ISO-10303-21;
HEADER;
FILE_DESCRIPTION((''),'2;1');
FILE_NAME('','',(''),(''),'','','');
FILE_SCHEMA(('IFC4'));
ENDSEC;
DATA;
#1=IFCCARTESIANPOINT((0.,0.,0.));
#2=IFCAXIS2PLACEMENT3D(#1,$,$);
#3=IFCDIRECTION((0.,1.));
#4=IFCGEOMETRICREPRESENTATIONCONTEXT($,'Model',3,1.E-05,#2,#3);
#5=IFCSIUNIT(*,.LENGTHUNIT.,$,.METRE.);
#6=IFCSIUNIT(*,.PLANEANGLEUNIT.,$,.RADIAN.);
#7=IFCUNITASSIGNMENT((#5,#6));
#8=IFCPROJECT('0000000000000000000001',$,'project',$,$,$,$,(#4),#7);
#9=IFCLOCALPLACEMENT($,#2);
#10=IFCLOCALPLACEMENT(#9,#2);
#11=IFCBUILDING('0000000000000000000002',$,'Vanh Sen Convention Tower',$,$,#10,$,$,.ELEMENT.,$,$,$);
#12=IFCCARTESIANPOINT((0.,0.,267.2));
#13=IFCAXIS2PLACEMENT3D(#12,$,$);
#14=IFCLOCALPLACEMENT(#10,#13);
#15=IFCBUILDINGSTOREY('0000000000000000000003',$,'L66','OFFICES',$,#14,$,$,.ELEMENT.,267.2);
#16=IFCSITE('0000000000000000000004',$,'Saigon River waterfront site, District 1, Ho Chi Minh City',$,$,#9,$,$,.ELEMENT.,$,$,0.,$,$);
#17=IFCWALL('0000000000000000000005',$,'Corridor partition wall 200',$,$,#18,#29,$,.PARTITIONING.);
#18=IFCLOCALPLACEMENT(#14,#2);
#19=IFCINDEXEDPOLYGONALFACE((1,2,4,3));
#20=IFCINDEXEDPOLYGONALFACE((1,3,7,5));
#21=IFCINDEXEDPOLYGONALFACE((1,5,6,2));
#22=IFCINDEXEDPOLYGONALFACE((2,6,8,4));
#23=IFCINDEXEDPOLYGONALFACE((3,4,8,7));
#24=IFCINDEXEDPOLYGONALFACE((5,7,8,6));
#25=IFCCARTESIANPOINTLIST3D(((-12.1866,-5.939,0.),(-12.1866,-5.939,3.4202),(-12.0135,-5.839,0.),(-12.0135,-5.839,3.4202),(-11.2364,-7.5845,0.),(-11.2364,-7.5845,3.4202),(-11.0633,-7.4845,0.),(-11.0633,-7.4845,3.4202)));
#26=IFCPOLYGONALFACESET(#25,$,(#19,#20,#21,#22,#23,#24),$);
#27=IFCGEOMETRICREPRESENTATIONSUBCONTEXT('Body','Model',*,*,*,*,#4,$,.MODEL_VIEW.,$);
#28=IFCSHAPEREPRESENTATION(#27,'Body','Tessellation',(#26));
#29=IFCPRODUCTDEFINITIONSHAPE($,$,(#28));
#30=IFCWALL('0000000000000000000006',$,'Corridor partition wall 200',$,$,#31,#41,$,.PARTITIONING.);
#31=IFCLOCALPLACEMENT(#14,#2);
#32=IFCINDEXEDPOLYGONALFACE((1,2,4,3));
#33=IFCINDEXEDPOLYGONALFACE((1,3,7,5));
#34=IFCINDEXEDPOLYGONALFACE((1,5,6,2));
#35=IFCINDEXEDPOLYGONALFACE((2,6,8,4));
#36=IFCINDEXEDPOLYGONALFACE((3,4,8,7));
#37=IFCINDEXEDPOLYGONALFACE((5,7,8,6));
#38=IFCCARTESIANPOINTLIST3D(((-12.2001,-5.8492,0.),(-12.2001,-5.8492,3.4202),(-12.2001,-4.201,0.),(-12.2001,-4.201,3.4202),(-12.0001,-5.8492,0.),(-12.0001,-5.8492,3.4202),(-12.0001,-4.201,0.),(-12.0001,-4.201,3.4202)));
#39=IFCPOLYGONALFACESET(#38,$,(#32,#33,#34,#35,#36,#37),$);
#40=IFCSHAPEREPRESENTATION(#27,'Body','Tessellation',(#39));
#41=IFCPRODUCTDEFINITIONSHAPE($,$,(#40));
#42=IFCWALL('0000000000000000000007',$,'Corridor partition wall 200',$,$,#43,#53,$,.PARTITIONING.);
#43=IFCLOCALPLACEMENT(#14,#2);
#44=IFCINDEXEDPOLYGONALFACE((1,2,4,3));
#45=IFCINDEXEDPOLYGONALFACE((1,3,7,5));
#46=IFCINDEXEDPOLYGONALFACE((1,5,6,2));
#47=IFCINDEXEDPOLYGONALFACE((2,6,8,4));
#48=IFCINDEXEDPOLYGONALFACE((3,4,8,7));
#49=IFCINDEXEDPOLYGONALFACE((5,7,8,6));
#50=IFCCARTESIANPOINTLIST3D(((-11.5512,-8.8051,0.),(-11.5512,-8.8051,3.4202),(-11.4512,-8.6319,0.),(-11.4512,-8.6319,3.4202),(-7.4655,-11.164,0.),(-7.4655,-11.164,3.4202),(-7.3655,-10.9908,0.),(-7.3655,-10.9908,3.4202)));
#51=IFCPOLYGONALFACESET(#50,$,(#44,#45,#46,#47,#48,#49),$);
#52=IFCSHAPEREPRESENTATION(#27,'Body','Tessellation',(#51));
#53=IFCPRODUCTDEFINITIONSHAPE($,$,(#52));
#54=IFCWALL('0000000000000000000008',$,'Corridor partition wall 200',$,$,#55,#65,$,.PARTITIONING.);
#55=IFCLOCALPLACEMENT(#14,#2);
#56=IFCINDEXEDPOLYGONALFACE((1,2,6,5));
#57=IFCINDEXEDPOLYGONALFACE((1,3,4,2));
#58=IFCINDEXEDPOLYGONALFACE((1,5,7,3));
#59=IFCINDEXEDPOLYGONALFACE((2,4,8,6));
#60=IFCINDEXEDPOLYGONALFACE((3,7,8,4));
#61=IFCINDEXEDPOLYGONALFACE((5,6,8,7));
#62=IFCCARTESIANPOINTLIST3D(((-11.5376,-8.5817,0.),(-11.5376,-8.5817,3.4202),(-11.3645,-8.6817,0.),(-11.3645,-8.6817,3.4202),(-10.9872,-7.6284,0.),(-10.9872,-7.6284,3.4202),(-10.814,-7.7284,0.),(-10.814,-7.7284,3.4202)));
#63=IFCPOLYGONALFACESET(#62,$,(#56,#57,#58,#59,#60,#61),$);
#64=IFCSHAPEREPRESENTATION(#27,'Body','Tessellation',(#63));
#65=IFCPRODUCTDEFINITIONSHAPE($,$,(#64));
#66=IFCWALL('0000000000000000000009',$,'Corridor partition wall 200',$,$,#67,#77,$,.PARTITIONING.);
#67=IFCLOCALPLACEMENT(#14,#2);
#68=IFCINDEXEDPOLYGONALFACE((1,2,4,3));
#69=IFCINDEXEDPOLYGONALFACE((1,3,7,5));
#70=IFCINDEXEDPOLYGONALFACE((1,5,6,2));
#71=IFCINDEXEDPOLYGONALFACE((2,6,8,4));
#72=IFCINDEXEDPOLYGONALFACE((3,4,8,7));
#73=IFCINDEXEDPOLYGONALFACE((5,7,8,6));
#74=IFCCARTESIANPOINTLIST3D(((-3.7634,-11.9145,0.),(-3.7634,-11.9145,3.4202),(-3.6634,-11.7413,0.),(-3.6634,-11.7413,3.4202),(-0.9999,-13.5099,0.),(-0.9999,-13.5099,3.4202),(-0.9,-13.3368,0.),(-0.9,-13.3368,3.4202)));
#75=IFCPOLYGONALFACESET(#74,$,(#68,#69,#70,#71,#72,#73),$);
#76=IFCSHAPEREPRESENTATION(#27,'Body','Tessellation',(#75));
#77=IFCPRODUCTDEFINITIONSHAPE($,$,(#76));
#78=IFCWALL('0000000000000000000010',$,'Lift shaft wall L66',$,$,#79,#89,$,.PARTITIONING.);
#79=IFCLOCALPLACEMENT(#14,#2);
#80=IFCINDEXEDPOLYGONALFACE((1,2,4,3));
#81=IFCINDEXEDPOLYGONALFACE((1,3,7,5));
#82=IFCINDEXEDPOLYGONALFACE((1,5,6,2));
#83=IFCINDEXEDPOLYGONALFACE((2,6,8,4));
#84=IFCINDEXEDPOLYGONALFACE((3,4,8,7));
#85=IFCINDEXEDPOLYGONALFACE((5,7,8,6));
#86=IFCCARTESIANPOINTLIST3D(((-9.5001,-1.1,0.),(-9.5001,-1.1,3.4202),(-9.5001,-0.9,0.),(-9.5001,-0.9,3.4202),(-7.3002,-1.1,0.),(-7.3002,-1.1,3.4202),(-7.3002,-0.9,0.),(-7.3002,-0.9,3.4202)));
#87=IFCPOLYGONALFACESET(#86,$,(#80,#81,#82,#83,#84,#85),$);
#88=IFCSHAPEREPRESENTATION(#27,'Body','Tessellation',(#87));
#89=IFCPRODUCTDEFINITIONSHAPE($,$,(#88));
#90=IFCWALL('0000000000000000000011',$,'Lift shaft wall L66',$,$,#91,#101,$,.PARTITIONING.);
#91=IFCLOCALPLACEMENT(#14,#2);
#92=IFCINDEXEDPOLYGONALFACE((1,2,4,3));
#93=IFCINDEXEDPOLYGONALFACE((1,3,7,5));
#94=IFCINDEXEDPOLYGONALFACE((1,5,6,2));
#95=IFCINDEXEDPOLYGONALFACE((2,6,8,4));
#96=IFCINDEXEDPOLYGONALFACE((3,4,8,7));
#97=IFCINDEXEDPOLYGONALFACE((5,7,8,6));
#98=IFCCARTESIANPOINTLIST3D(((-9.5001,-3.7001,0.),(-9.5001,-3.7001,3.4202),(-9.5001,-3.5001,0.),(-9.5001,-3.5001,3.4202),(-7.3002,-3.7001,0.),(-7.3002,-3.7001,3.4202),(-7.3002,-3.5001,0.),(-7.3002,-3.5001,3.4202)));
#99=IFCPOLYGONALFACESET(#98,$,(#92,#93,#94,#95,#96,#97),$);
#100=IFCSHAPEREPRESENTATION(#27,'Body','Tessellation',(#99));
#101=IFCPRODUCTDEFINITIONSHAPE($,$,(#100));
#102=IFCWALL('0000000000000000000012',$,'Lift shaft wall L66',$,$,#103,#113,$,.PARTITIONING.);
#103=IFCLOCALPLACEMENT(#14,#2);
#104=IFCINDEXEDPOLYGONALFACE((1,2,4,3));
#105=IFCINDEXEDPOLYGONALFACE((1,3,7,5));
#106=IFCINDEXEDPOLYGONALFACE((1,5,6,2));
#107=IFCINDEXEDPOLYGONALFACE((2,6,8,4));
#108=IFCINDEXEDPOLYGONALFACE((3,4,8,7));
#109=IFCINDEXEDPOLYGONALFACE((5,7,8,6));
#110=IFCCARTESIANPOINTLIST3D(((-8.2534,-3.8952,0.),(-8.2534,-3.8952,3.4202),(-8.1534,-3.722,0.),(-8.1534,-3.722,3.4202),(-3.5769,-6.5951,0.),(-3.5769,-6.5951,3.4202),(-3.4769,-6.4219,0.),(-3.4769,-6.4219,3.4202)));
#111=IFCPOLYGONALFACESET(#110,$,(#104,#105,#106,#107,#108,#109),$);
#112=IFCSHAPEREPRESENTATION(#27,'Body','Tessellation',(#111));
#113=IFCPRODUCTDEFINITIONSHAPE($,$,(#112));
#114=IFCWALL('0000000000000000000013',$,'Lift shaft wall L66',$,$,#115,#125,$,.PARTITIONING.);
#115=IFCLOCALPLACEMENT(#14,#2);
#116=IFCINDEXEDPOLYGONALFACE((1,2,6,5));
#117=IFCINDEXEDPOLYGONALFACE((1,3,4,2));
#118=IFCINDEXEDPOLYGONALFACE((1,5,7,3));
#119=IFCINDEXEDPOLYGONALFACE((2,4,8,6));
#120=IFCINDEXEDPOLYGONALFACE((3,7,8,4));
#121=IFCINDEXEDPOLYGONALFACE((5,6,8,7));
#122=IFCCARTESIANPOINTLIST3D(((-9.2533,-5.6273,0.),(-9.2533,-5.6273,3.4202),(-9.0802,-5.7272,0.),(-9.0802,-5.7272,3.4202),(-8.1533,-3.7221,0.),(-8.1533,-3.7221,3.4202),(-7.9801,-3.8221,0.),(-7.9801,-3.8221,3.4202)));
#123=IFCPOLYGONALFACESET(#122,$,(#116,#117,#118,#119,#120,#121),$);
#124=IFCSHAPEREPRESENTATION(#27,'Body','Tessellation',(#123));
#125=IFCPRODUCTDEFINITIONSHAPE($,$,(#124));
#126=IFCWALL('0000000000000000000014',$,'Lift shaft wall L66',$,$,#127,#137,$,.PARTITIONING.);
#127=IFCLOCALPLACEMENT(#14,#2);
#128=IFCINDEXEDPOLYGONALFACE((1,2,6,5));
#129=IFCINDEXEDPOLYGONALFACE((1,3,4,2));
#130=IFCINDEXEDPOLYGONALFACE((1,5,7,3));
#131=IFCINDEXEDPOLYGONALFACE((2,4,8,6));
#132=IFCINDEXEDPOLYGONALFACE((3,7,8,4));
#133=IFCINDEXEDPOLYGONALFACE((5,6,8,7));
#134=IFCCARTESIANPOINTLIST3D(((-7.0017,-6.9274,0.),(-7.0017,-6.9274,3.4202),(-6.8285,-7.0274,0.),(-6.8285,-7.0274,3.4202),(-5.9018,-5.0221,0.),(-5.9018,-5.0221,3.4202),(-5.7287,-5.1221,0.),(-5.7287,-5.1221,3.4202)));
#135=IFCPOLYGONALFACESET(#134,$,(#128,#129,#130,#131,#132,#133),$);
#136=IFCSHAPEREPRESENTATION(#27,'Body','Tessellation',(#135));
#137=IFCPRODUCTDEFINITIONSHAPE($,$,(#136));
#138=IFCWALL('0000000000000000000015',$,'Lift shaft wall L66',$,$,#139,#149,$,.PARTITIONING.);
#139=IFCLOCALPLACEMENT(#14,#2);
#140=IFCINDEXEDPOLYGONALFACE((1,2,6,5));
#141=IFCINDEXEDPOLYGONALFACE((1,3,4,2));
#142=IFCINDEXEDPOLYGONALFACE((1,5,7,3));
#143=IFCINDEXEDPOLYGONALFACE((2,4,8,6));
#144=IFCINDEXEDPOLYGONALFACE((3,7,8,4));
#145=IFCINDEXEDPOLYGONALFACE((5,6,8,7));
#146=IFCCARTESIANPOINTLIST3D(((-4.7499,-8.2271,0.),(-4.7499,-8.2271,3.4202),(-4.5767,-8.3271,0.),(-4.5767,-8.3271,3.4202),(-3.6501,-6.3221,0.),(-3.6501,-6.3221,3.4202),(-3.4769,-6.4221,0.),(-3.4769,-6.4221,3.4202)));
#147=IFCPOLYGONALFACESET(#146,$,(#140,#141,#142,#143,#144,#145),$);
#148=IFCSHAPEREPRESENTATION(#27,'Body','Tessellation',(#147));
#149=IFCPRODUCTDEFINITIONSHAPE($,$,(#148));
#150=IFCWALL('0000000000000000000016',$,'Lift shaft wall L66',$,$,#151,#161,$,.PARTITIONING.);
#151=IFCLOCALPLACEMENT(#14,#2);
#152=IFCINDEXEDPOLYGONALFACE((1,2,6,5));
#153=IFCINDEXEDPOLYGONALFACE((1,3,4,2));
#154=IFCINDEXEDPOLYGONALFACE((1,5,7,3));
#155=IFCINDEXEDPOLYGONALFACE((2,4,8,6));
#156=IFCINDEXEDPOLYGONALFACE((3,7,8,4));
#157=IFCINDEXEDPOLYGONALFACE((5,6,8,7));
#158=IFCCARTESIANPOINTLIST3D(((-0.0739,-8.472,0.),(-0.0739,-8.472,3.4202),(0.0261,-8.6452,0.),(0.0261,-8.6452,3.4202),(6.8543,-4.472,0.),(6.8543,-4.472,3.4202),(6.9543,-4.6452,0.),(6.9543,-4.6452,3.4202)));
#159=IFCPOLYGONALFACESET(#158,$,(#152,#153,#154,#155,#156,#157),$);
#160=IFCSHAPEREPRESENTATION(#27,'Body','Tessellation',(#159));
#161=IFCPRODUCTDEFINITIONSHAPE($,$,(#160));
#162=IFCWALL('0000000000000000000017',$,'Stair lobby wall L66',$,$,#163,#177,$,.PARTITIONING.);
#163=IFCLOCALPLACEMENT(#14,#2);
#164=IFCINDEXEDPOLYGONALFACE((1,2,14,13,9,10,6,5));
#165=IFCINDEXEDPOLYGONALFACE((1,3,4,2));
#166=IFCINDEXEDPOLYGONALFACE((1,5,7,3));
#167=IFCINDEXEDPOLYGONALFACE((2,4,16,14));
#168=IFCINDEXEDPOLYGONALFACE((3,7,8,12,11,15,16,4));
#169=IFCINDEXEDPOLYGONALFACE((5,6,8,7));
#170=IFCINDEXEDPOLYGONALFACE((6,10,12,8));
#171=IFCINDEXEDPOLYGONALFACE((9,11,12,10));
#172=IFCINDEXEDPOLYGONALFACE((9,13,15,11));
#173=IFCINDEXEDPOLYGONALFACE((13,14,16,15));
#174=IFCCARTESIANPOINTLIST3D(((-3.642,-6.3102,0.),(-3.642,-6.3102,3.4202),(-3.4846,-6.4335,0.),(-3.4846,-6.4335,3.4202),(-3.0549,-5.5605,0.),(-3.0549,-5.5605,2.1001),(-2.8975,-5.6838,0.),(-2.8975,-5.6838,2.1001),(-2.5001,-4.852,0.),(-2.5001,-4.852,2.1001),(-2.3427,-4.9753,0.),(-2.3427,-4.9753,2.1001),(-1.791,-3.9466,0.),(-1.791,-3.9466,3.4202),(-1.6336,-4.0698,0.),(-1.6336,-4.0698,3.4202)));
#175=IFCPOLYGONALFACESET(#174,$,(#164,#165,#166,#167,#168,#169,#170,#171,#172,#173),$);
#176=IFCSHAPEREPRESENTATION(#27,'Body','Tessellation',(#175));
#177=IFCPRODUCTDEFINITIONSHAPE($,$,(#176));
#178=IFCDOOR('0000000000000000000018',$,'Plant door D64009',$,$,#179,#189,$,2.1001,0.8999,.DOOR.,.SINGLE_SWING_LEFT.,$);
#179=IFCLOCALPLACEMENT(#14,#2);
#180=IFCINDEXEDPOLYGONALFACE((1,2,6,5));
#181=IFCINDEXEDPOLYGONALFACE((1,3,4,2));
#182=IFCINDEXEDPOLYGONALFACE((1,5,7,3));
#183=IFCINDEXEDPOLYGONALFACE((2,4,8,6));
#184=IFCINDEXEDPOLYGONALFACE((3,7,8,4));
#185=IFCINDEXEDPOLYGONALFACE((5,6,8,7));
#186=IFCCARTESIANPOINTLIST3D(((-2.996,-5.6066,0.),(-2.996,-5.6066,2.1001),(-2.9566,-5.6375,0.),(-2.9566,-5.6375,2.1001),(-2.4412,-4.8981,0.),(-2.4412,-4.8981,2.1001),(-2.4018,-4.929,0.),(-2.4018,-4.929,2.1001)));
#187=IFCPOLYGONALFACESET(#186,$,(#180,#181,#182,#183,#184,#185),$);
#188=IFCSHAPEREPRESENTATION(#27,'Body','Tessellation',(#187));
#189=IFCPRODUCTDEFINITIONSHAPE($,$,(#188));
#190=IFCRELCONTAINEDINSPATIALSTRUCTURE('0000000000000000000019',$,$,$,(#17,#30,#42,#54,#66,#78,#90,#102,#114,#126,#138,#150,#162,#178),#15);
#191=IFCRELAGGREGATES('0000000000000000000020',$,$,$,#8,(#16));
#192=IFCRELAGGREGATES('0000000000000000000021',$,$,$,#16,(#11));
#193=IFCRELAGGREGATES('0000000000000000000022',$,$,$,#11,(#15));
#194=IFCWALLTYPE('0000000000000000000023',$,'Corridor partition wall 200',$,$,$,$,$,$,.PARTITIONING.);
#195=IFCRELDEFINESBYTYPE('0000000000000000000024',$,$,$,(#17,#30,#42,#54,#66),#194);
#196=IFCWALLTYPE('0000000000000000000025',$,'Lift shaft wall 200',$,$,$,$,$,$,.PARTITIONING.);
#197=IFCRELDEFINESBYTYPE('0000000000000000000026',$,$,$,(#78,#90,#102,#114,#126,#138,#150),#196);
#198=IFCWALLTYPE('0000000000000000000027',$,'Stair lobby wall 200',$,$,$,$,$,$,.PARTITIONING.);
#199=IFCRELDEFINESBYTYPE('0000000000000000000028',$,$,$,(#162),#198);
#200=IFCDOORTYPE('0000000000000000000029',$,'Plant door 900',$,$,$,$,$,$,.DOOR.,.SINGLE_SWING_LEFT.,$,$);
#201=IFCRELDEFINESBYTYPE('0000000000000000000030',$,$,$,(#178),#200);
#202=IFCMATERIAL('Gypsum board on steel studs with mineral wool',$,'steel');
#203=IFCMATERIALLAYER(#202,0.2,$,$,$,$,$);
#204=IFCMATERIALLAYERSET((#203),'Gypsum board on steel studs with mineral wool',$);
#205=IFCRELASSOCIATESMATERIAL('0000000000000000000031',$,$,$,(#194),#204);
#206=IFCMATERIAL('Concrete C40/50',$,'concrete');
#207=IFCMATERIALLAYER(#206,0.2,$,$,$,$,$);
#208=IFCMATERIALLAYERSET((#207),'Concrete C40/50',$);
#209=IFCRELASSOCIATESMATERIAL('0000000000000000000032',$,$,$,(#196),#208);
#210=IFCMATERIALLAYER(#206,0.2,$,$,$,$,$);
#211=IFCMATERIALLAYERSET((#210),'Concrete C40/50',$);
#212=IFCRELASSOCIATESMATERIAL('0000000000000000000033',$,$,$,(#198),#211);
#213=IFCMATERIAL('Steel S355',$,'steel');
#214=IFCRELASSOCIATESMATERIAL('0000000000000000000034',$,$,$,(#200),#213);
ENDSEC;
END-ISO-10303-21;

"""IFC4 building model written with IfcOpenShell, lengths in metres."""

from ifc_helpers import new_model, si_unit, direction, frame, frame_2d, origin, place, context, subcontext, project, spatial, rectangle, extrude, material, layer, layer_set, type_object, element, fill, save


model = new_model("IFC4")

# Units and contexts
model_context = context("Model", 3, precision=1e-05, world=origin(), true_north=direction((0.0, 1.0)))
body_context = subcontext(model_context, "Body", "Model", "MODEL_VIEW")
ifc_project = project(units=[si_unit("LENGTHUNIT", "METRE"), si_unit("PLANEANGLEUNIT", "RADIAN")], contexts=[model_context])

# Site, building, storey
site_placement = place(None, origin())
site = spatial("IfcSite", under=ifc_project, at=site_placement, Name="Saigon River waterfront site, District 1, Ho Chi Minh City", CompositionType="ELEMENT", RefElevation=0.0)
building_placement = place(site_placement, origin())
building = spatial("IfcBuilding", under=site, at=building_placement, Name="Vanh Sen Convention Tower", CompositionType="ELEMENT")
storey_placement = place(building_placement, frame((0.0, 0.0, 267.2)))
storey = spatial("IfcBuildingStorey", under=building, at=storey_placement, Name="L66", Description="OFFICES", CompositionType="ELEMENT", Elevation=267.2)

# Shared definitions
ifc_material_1 = material(Name="Steel S355", Category="steel")

# Walls
ifc_material_2 = material(Name="Gypsum board on steel studs with mineral wool", Category="steel")
ifc_layer_1 = layer(ifc_material_2, 0.2)
ifc_layer_set_1 = layer_set([ifc_layer_1], Name="Gypsum board on steel studs with mineral wool")
wall_type_1 = type_object("IfcWallType", Name="Corridor partition wall 200", PredefinedType="PARTITIONING", material=ifc_layer_set_1)
wall_1_placement = place(storey_placement, frame((-12.1001, -5.8889, 0.0), z_axis=(0.0, 0.0, 1.0), x_axis=(0.500064, -0.865989, 0.0)))
element("IfcWall", 1, at=wall_1_placement, inside=storey, type_object=wall_type_1, Name="Corridor partition wall 200", PredefinedType="PARTITIONING", context=body_context, shape_type="SweptSolid", body=[
    extrude(rectangle(XDim=1.9001, YDim=0.2, at=frame_2d((0.9502, 0.0))), origin(), (0.0, 0.0, 1.0), 3.4202),
])
wall_2_placement = place(storey_placement, frame((-12.1001, -4.2009, 0.0), z_axis=(0.0, 0.0, 1.0), x_axis=(0.0, -1.0, 0.0)))
element("IfcWall", 2, at=wall_2_placement, inside=storey, type_object=wall_type_1, Name="Corridor partition wall 200", PredefinedType="PARTITIONING", context=body_context, shape_type="SweptSolid", body=[
    extrude(rectangle(XDim=1.6482, YDim=0.2, at=frame_2d((0.8242, 0.0))), origin(), (0.0, 0.0, 1.0), 3.4202),
])
wall_3_placement = place(storey_placement, frame((-11.5012, -8.7185, 0.0), z_axis=(0.0, 0.0, 1.0), x_axis=(0.866024, -0.500002, 0.0)))
element("IfcWall", 3, at=wall_3_placement, inside=storey, type_object=wall_type_1, Name="Corridor partition wall 200", PredefinedType="PARTITIONING", context=body_context, shape_type="SweptSolid", body=[
    extrude(rectangle(XDim=4.7178, YDim=0.2, at=frame_2d((2.3589, 0.0))), origin(), (0.0, 0.0, 1.0), 3.4202),
])
wall_4_placement = place(storey_placement, frame((-10.9006, -7.6785, 0.0), z_axis=(0.0, 0.0, 1.0), x_axis=(-0.500074, -0.865982, 0.0)))
element("IfcWall", 4, at=wall_4_placement, inside=storey, type_object=wall_type_1, Name="Corridor partition wall 200", PredefinedType="PARTITIONING", context=body_context, shape_type="SweptSolid", body=[
    extrude(rectangle(XDim=1.1008, YDim=0.2, at=frame_2d((0.5503, 0.0))), origin(), (0.0, 0.0, 1.0), 3.4202),
])
wall_5_placement = place(storey_placement, frame((-3.7134, -11.8279, 0.0), z_axis=(0.0, 0.0, 1.0), x_axis=(0.866026, -0.499998, 0.0)))
element("IfcWall", 5, at=wall_5_placement, inside=storey, type_object=wall_type_1, Name="Corridor partition wall 200", PredefinedType="PARTITIONING", context=body_context, shape_type="SweptSolid", body=[
    extrude(rectangle(XDim=3.1909, YDim=0.2, at=frame_2d((1.5955, 0.0))), origin(), (0.0, 0.0, 1.0), 3.4202),
])
ifc_material_3 = material(Name="Concrete C40/50", Category="concrete")
ifc_layer_2 = layer(ifc_material_3, 0.2)
ifc_layer_set_2 = layer_set([ifc_layer_2], Name="Concrete C40/50")
wall_type_2 = type_object("IfcWallType", Name="Lift shaft wall 200", PredefinedType="PARTITIONING", material=ifc_layer_set_2)
for number, where, z_axis, x_axis, name in (
    (6, (-7.3, -1.0, 0.0), (0.0, 0.0, 1.0), (-1.0, 0.0, 0.0), "Lift shaft wall L66"),
    (7, (-7.3, -3.6001, 0.0), (0.0, 0.0, 1.0), (-1.0, 0.0, 0.0), "Lift shaft wall L66"),
):
    element("IfcWall", number, at=place(storey_placement, frame(where, z_axis=z_axis, x_axis=x_axis)), inside=storey, type_object=wall_type_2, Name=name, PredefinedType="PARTITIONING", context=body_context, shape_type="SweptSolid", body=[
        extrude(rectangle(XDim=2.2, YDim=0.2, at=frame_2d((1.1001, 0.0))), origin(), (0.0, 0.0, 1.0), 3.4202),
    ])
wall_6_placement = place(storey_placement, frame((-8.2034, -3.8086, 0.0), z_axis=(0.0, 0.0, 1.0), x_axis=(0.866028, -0.499995, 0.0)))
element("IfcWall", 8, at=wall_6_placement, inside=storey, type_object=wall_type_2, Name="Lift shaft wall L66", PredefinedType="PARTITIONING", context=body_context, shape_type="SweptSolid", body=[
    extrude(rectangle(XDim=5.3999, YDim=0.2, at=frame_2d((2.7, 0.0))), origin(), (0.0, 0.0, 1.0), 3.4202),
])
for number, where, z_axis, x_axis, name in (
    (9, (-8.0667, -3.772, 0.0), (0.0, 0.0, 1.0), (-0.50003, -0.866008, 0.0), "Lift shaft wall L66"),
    (10, (-5.8152, -5.072, 0.0), (0.0, 0.0, 1.0), (-0.499947, -0.866056, 0.0), "Lift shaft wall L66"),
):
    element("IfcWall", number, at=place(storey_placement, frame(where, z_axis=z_axis, x_axis=x_axis)), inside=storey, type_object=wall_type_2, Name=name, PredefinedType="PARTITIONING", context=body_context, shape_type="SweptSolid", body=[
        extrude(rectangle(XDim=2.2, YDim=0.2, at=frame_2d((1.1001, 0.0))), origin(), (0.0, 0.0, 1.0), 3.4202),
    ])
wall_7_placement = place(storey_placement, frame((-3.5635, -6.3721, 0.0), z_axis=(0.0, 0.0, 1.0), x_axis=(-0.499995, -0.866028, 0.0)))
element("IfcWall", 11, at=wall_7_placement, inside=storey, type_object=wall_type_2, Name="Lift shaft wall L66", PredefinedType="PARTITIONING", context=body_context, shape_type="SweptSolid", body=[
    extrude(rectangle(XDim=2.1997, YDim=0.2, at=frame_2d((1.0999, 0.0))), origin(), (0.0, 0.0, 1.0), 3.4202),
])
wall_8_placement = place(storey_placement, frame((-0.0239, -8.5586, 0.0), z_axis=(0.0, 0.0, 1.0), x_axis=(0.866026, 0.499999, 0.0)))
element("IfcWall", 12, at=wall_8_placement, inside=storey, type_object=wall_type_2, Name="Lift shaft wall L66", PredefinedType="PARTITIONING", context=body_context, shape_type="SweptSolid", body=[
    extrude(rectangle(XDim=8.0, YDim=0.2, at=frame_2d((4.0, 0.0))), origin(), (0.0, 0.0, 1.0), 3.4202),
])

# Wall, opening, door
ifc_layer_3 = layer(ifc_material_3, 0.2)
ifc_layer_set_3 = layer_set([ifc_layer_3], Name="Concrete C40/50")
wall_type_3 = type_object("IfcWallType", Name="Stair lobby wall 200", PredefinedType="PARTITIONING", material=ifc_layer_set_3)
wall_9_placement = place(storey_placement, frame((-1.7124, -4.0083, 0.0), z_axis=(0.0, 0.0, 1.0), x_axis=(-0.616549, -0.787316, 0.0)))
wall_9 = element("IfcWall", 13, at=wall_9_placement, inside=storey, type_object=wall_type_3, Name="Stair lobby wall L66", PredefinedType="PARTITIONING", context=body_context, shape_type="SweptSolid", body=[
    extrude(rectangle(XDim=3.0022, YDim=0.2, at=frame_2d((1.501, 0.0))), origin(), (0.0, 0.0, 1.0), 3.4202),
])
opening_1_placement = place(wall_9_placement, frame((1.1499, 0.0, 0.0)))
opening_1 = element("IfcOpeningElement", 14, at=opening_1_placement, cuts=wall_9, PredefinedType="OPENING", context=body_context, shape_type="SweptSolid", body=[
    extrude(rectangle(XDim=0.8999, YDim=2.1001, at=frame_2d((0.45, 1.05))), frame((0.0, 0.1099, 0.0), z_axis=(0.0, -1.0, 0.0), x_axis=(1.0, 0.0, 0.0)), (0.0, 0.0, 1.0), 0.22),
])
door_type_1 = type_object("IfcDoorType", Name="Plant door 900", OperationType="SINGLE_SWING_LEFT", PredefinedType="DOOR", material=ifc_material_1)
door_1_placement = place(opening_1_placement, origin())
door_1 = element("IfcDoor", 15, at=door_1_placement, inside=storey, type_object=door_type_1, Name="Plant door D64009", OperationType="SINGLE_SWING_LEFT", OverallHeight=2.1001, OverallWidth=0.8999, PredefinedType="DOOR", context=body_context, shape_type="SweptSolid", body=[
    extrude(rectangle(XDim=0.8999, YDim=2.1001, at=frame_2d((0.45, 1.05))), frame((0.0, 0.0249, 0.0), z_axis=(0.0, -1.0, 0.0), x_axis=(1.0, 0.0, 0.0)), (0.0, 0.0, 1.0), 0.05),
])
fill(opening_1, door_1)

save(model, "model.ifc")
